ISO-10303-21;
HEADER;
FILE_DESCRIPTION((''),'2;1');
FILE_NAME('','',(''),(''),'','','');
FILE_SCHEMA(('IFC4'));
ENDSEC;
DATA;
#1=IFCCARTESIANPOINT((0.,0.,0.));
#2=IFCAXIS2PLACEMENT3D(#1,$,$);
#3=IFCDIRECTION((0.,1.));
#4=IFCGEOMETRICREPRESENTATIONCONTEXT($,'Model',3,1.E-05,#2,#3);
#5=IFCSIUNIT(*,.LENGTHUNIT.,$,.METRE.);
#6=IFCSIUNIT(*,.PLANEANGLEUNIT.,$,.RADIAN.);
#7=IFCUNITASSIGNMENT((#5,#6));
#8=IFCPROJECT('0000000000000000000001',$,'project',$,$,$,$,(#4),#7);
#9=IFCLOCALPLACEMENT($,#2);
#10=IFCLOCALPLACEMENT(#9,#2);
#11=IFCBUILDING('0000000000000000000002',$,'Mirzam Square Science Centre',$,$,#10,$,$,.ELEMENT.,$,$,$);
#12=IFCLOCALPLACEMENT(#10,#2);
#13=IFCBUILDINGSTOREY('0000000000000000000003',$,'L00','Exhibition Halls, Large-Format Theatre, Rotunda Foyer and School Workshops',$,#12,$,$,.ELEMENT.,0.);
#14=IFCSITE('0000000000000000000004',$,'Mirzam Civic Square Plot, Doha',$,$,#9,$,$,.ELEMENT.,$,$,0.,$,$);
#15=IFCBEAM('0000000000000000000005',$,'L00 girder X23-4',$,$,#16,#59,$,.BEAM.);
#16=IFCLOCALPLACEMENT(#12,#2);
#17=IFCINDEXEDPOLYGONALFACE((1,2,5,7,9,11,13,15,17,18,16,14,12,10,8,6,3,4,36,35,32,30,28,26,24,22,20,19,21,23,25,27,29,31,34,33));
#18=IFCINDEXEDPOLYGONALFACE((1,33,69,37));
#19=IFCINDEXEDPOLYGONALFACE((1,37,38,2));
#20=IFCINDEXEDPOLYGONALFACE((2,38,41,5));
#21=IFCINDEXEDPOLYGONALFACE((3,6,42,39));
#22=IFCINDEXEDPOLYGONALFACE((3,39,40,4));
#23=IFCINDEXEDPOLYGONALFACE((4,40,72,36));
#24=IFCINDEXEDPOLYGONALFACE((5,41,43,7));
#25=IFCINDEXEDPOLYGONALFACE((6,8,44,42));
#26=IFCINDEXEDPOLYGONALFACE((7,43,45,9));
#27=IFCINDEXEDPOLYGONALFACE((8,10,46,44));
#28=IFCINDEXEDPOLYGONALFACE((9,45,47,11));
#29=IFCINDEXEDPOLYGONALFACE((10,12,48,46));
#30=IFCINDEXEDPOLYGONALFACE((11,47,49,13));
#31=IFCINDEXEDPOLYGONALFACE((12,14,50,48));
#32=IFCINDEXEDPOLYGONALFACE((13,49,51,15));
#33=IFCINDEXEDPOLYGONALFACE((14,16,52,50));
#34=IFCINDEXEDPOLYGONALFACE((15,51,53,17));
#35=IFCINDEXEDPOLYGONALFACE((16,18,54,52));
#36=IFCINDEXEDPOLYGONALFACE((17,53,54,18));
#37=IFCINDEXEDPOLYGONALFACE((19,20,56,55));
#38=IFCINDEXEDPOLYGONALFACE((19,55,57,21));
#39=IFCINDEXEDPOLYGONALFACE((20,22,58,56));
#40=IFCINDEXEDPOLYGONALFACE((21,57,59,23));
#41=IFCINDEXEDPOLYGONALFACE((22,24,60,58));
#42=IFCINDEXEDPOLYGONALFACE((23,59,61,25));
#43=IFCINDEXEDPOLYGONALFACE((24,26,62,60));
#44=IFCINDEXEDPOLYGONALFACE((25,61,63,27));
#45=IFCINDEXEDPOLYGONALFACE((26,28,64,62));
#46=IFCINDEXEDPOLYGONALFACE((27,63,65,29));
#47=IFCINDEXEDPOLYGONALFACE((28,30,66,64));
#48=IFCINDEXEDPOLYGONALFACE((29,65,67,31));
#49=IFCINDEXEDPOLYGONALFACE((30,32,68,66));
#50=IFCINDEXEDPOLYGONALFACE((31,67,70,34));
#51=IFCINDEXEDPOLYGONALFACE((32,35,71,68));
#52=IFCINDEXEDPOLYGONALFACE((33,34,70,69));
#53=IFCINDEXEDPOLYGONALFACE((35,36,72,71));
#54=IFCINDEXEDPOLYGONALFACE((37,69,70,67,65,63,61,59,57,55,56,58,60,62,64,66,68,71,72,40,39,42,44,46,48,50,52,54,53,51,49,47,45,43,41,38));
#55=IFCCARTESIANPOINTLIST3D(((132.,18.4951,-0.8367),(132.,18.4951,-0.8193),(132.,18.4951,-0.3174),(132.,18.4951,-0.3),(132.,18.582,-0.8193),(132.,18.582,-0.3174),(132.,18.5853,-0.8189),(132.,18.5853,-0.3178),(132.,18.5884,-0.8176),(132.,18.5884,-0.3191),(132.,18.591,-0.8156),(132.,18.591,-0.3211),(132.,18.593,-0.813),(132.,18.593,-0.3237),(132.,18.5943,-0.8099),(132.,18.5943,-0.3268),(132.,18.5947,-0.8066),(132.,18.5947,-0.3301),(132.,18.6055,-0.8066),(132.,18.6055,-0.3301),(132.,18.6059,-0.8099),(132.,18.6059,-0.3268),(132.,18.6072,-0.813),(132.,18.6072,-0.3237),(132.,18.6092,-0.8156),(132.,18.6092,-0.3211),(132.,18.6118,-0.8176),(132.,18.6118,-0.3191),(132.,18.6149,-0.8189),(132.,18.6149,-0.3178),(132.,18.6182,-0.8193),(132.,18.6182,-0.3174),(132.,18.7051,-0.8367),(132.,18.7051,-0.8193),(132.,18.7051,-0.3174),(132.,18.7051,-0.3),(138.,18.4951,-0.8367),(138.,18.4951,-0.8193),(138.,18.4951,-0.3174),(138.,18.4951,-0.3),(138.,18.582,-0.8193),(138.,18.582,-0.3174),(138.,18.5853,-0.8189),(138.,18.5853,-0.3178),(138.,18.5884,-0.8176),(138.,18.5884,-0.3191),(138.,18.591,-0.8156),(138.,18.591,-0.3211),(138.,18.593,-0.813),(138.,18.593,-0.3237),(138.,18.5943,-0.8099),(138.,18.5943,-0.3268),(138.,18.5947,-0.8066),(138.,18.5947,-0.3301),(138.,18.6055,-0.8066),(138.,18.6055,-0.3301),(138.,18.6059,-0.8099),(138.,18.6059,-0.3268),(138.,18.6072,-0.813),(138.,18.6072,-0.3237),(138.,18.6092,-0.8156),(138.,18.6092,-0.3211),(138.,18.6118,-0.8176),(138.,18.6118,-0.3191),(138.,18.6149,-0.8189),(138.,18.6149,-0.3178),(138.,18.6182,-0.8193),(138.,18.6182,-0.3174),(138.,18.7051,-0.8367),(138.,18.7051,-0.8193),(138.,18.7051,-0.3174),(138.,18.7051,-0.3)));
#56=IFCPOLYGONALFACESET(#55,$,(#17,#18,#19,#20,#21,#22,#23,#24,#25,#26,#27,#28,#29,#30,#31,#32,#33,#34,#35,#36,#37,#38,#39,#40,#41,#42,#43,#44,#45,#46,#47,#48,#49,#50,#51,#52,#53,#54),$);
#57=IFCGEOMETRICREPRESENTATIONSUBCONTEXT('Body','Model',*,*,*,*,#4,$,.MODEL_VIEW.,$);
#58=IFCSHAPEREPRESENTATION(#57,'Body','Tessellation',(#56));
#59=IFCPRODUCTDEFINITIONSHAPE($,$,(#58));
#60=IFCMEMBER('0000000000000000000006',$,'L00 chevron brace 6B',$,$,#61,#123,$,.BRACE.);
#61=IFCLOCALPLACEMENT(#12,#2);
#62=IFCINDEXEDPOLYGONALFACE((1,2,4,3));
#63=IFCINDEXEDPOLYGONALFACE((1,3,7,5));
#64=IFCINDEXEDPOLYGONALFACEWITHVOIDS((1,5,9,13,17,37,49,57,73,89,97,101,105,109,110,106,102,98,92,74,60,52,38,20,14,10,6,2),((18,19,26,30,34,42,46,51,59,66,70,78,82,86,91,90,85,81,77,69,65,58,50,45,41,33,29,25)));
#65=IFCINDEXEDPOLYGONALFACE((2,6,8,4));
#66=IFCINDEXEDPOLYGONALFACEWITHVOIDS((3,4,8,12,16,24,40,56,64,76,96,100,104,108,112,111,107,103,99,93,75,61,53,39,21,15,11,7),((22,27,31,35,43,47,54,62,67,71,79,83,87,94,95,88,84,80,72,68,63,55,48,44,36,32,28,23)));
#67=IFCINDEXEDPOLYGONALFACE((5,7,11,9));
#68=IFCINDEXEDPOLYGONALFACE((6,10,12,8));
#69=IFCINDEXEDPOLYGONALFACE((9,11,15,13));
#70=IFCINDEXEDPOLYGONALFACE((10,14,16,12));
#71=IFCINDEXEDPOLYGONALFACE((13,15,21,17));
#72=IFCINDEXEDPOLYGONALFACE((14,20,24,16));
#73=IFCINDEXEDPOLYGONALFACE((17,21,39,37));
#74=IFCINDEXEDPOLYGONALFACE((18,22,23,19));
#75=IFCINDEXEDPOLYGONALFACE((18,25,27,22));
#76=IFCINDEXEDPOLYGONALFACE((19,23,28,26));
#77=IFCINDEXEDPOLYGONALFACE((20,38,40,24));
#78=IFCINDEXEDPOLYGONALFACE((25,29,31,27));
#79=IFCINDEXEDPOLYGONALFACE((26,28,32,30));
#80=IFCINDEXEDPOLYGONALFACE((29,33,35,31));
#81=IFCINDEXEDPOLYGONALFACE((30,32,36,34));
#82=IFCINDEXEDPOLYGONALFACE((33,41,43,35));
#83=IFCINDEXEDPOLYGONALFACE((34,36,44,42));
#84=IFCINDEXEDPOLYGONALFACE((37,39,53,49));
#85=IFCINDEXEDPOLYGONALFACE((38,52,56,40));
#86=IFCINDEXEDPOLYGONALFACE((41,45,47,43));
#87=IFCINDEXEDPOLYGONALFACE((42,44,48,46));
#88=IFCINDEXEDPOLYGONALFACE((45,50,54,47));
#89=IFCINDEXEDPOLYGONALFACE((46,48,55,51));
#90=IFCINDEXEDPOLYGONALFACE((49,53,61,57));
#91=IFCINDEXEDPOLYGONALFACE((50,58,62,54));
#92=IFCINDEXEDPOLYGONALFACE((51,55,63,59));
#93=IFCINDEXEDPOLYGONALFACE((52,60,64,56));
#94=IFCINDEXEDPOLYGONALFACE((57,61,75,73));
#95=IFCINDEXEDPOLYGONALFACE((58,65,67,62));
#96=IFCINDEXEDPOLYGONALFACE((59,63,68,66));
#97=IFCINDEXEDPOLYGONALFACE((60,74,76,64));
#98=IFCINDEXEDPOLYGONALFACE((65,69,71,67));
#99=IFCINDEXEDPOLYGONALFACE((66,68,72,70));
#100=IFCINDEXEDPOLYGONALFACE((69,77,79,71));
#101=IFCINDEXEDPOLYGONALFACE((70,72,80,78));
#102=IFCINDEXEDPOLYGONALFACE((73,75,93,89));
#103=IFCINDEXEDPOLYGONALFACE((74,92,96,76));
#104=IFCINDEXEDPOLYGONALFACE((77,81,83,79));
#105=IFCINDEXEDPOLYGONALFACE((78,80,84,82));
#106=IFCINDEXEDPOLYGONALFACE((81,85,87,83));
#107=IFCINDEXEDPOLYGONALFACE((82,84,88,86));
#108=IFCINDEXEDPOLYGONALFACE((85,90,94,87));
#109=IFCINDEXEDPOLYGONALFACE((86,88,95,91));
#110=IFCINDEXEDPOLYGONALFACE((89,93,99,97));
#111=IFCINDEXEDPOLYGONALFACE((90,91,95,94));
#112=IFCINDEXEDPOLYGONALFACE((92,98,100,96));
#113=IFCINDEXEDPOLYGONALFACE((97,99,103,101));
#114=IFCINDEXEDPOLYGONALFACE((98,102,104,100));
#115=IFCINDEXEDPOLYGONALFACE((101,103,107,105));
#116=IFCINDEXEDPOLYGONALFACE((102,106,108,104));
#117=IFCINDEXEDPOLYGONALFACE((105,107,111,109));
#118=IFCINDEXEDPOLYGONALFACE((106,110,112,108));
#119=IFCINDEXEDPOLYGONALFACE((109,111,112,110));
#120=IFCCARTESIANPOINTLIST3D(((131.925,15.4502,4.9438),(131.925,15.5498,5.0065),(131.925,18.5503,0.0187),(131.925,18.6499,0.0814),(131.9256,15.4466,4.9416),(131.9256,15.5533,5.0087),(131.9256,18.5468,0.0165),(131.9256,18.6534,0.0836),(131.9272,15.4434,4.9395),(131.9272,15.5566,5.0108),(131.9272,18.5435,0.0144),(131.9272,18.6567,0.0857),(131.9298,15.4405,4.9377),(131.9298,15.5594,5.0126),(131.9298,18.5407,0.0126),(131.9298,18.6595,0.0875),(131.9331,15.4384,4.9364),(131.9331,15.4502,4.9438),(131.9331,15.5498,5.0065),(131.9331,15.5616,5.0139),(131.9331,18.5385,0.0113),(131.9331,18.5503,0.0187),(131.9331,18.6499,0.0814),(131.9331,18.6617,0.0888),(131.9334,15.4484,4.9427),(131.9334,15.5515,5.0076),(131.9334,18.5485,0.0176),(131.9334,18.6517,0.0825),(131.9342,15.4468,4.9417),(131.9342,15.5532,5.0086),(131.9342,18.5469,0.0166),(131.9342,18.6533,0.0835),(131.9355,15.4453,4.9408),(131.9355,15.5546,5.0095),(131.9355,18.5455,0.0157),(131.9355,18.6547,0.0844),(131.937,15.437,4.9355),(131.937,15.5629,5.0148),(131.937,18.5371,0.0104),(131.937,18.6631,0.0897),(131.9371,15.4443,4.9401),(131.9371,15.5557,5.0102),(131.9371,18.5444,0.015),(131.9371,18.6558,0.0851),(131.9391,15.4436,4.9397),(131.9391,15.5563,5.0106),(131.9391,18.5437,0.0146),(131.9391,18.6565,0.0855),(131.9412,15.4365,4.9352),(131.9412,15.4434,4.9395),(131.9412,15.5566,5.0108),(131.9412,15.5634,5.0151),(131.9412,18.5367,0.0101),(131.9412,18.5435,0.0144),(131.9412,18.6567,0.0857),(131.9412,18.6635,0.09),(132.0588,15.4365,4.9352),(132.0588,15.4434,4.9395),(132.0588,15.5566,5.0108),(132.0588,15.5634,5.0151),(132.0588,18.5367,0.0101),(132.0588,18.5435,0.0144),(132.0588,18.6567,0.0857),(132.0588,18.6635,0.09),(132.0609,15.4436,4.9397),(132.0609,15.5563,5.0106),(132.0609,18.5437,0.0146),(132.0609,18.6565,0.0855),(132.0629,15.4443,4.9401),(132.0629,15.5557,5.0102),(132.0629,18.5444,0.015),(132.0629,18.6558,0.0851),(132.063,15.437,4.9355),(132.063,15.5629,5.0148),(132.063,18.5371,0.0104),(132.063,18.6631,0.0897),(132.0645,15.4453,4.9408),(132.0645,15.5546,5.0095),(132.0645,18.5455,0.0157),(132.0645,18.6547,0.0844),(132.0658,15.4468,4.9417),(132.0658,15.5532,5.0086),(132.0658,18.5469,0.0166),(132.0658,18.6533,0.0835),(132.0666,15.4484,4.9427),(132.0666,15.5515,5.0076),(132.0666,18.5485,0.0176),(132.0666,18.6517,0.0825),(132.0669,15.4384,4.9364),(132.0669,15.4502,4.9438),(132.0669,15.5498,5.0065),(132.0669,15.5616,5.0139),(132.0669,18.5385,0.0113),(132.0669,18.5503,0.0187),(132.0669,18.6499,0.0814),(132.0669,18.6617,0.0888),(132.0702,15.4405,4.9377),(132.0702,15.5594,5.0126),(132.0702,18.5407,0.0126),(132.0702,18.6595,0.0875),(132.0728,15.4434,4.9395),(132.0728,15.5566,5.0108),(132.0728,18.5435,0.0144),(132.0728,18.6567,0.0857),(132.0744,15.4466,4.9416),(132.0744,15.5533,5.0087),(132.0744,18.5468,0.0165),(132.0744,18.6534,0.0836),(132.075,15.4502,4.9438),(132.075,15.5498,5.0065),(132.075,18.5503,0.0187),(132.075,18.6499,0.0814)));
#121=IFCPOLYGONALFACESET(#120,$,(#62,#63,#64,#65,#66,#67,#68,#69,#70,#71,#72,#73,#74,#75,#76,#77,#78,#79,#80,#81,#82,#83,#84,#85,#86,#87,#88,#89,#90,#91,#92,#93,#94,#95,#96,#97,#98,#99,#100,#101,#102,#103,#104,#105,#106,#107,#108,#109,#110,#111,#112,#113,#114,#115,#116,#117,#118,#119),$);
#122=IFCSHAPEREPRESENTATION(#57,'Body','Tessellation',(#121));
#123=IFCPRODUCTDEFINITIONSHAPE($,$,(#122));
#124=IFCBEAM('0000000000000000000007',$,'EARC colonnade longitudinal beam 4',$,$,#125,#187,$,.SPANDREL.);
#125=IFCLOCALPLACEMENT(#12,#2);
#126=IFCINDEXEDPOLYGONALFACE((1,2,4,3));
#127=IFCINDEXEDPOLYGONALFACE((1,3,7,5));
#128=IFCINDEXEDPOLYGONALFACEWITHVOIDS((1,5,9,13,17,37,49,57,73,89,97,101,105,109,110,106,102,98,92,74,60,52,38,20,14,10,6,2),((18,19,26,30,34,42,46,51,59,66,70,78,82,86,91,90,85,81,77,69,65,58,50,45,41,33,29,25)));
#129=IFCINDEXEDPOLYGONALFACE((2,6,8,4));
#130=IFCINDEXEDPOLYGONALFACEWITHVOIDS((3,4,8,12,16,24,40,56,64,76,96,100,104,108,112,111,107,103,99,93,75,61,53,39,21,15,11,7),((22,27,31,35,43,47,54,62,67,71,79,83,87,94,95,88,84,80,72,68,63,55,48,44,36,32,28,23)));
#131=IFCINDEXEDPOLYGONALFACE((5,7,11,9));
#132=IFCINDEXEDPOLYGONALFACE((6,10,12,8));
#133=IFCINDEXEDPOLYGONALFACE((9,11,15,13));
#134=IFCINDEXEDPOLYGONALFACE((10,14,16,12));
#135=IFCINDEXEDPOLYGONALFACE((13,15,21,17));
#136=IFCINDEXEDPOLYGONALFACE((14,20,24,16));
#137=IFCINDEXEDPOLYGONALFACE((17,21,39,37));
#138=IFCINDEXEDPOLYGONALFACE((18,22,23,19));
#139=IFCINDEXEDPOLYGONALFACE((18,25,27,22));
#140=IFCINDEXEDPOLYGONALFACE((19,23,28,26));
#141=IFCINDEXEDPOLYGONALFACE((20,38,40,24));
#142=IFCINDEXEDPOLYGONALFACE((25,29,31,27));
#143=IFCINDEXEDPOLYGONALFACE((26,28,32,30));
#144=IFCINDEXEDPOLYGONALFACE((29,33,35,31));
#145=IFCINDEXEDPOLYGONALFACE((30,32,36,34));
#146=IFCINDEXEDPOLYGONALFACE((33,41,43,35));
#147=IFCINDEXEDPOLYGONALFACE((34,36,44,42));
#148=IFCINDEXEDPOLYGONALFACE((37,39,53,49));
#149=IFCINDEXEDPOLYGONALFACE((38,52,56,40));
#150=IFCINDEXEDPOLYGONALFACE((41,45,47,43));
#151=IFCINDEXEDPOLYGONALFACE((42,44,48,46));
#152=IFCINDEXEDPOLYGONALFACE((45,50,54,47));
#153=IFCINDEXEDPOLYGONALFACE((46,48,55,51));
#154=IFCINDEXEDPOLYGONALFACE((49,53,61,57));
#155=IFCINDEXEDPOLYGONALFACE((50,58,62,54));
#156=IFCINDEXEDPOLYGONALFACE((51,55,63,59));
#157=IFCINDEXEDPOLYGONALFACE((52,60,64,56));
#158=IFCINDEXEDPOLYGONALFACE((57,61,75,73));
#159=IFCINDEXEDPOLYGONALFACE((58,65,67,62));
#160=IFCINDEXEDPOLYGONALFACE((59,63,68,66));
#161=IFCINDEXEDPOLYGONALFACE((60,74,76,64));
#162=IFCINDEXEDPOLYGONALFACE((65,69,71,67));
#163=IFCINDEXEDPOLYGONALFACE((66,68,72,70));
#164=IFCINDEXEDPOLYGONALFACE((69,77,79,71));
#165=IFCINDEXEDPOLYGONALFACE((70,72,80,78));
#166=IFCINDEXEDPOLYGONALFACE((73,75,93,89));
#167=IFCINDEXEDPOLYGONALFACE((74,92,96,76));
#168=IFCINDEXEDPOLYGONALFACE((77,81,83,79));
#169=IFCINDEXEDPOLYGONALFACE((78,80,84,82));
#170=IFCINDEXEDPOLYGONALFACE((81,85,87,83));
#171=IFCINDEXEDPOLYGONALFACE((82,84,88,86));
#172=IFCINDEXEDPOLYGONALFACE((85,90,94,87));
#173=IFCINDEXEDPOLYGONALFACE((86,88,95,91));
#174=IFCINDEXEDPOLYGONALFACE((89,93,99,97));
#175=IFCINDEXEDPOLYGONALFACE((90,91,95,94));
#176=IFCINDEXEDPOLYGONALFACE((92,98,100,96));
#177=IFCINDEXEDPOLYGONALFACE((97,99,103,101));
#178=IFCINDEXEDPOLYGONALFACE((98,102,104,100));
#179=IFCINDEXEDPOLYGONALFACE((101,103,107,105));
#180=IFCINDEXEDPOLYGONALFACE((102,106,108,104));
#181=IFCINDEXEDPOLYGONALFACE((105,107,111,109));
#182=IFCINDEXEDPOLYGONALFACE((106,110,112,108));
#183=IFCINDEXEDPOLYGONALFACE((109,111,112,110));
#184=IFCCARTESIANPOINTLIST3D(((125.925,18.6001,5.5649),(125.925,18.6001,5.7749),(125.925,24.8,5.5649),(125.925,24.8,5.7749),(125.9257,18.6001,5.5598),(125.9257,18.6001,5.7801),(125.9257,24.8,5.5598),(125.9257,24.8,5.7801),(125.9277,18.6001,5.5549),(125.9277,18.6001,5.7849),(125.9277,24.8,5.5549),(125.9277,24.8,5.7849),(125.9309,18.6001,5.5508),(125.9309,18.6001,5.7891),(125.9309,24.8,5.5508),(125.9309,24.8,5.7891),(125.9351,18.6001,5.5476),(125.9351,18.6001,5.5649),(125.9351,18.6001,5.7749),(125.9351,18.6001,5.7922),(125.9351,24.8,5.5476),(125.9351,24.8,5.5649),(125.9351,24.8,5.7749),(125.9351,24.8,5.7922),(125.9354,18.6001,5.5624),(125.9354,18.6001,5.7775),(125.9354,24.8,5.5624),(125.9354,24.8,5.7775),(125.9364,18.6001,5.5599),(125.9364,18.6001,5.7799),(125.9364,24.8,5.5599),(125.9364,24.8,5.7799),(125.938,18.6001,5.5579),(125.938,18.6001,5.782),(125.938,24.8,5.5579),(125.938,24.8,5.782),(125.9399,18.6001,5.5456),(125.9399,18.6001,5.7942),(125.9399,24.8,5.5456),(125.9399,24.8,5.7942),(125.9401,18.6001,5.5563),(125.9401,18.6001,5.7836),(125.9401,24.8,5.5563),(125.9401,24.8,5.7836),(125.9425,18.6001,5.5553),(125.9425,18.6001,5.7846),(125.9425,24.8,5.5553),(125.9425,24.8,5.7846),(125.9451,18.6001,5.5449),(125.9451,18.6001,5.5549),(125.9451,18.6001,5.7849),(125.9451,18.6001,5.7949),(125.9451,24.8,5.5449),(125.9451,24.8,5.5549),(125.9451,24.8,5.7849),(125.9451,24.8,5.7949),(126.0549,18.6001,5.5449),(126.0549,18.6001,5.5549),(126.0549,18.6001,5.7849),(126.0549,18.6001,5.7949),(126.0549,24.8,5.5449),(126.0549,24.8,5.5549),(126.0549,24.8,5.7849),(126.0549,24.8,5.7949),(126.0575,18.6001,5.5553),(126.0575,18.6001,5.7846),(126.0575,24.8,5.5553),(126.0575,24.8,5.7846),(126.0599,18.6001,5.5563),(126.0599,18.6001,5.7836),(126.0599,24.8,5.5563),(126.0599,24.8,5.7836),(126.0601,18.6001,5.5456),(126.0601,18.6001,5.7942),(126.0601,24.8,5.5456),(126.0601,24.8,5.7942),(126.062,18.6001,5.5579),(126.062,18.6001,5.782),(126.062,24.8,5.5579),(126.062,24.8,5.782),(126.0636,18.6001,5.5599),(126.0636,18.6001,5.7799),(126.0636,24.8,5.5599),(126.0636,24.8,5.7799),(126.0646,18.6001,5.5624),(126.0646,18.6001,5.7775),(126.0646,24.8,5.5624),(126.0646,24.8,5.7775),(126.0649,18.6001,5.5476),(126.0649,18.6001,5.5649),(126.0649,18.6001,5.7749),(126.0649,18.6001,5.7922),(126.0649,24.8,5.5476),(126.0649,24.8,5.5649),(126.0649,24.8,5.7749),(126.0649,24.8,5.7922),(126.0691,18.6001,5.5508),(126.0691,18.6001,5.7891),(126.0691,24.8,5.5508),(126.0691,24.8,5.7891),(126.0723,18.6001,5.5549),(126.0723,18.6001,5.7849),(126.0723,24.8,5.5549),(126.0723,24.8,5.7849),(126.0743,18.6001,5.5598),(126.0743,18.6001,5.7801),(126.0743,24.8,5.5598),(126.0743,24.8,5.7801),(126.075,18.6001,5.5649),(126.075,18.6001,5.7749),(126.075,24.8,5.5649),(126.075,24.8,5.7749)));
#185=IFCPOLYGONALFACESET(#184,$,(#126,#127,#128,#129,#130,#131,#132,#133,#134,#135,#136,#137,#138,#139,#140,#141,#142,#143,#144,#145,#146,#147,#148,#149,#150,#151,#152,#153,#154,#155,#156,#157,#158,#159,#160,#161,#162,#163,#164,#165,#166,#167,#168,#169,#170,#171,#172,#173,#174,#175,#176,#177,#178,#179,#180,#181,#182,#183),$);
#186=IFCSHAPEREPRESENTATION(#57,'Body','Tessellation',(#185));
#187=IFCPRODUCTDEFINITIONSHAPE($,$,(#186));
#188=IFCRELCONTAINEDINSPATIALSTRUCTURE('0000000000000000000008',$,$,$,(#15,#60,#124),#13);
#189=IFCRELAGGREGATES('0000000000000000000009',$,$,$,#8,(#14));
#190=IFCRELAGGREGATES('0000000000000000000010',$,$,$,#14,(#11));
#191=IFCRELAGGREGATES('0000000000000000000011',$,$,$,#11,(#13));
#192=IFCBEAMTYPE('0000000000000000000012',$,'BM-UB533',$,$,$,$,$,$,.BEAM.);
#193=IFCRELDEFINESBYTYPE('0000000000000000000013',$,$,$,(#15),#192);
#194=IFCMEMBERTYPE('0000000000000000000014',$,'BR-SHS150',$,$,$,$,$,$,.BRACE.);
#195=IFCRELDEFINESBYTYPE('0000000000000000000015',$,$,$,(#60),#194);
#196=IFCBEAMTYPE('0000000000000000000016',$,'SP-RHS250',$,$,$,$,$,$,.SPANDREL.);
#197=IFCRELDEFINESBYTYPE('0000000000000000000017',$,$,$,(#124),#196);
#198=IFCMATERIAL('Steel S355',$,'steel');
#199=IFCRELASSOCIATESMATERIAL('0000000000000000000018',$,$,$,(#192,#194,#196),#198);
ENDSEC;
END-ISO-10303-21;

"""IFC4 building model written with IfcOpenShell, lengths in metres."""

from ifc_helpers import new_model, si_unit, direction, frame, origin, origin_2d, place, context, subcontext, project, spatial, hollow_rectangle, i_section, extrude, material, material_profile, profile_set, type_object, element, save


model = new_model("IFC4")

# Units and contexts
model_context = context("Model", 3, precision=1e-05, world=origin(), true_north=direction((0.0, 1.0)))
body_context = subcontext(model_context, "Body", "Model", "MODEL_VIEW")
ifc_project = project(units=[si_unit("LENGTHUNIT", "METRE"), si_unit("PLANEANGLEUNIT", "RADIAN")], contexts=[model_context])

# Site, building, storey
site_placement = place(None, origin())
site = spatial("IfcSite", under=ifc_project, at=site_placement, Name="Mirzam Civic Square Plot, Doha", CompositionType="ELEMENT", RefElevation=0.0)
building_placement = place(site_placement, origin())
building = spatial("IfcBuilding", under=site, at=building_placement, Name="Mirzam Square Science Centre", CompositionType="ELEMENT")
storey_placement = place(building_placement, origin())
storey = spatial("IfcBuildingStorey", under=building, at=storey_placement, Name="L00", Description="Exhibition Halls, Large-Format Theatre, Rotunda Foyer and School Workshops", CompositionType="ELEMENT", Elevation=0.0)

# Shared definitions
ifc_material_1 = material(Name="Steel S355", Category="steel")

# Beam
ifc_material_profile_1 = material_profile(ifc_material_1, i_section(OverallWidth=0.21, OverallDepth=0.5366, WebThickness=0.0107, FlangeThickness=0.0173, FilletRadius=0.0127, at=origin_2d()), Name="533x210x101UB")
ifc_profile_set_1 = profile_set([ifc_material_profile_1], Name="Steel S355")
beam_type_1 = type_object("IfcBeamType", Name="BM-UB533", PredefinedType="BEAM", material=ifc_profile_set_1)
beam_1_placement = place(storey_placement, frame((132.0, 18.6001, -0.5684), z_axis=(1.0, 0.0, 0.0), x_axis=(0.0, 1.0, 0.0)))
element("IfcBeam", 1, at=beam_1_placement, inside=storey, type_object=beam_type_1, Name="L00 girder X23-4", PredefinedType="BEAM", context=body_context, shape_type="SweptSolid", body=[
    extrude(i_section(OverallWidth=0.21, OverallDepth=0.5366, WebThickness=0.0107, FlangeThickness=0.0173, FilletRadius=0.0127, at=origin_2d()), origin(), (0.0, 0.0, 1.0), 6.0),
])

# Member
ifc_material_profile_2 = material_profile(ifc_material_1, hollow_rectangle(XDim=0.1499, YDim=0.1499, WallThickness=0.0081, InnerFilletRadius=0.0081, OuterFilletRadius=0.0161, at=origin_2d()), Name="150x150x8.0SHS")
ifc_profile_set_2 = profile_set([ifc_material_profile_2], Name="Steel S355")
member_type = type_object("IfcMemberType", Name="BR-SHS150", PredefinedType="BRACE", material=ifc_profile_set_2)
member_placement = place(storey_placement, frame((132.0, 18.6001, 0.05), z_axis=(0.0, -0.532708, 0.846299), x_axis=(1.0, 0.0, 0.0)))
element("IfcMember", 2, at=member_placement, inside=storey, type_object=member_type, Name="L00 chevron brace 6B", PredefinedType="BRACE", context=body_context, shape_type="SweptSolid", body=[
    extrude(hollow_rectangle(XDim=0.1499, YDim=0.1499, WallThickness=0.0081, InnerFilletRadius=0.0081, OuterFilletRadius=0.0161, at=origin_2d()), origin(), (0.0, 0.0, 1.0), 5.8196),
])

# Beam
ifc_material_profile_3 = material_profile(ifc_material_1, hollow_rectangle(XDim=0.1499, YDim=0.25, WallThickness=0.01, InnerFilletRadius=0.01, OuterFilletRadius=0.02, at=origin_2d()), Name="250x150x10.0RHS")
ifc_profile_set_3 = profile_set([ifc_material_profile_3], Name="Steel S355")
beam_type_2 = type_object("IfcBeamType", Name="SP-RHS250", PredefinedType="SPANDREL", material=ifc_profile_set_3)
for number, where, z_axis, x_axis, name in (
    (3, (126.0, 18.6001, 5.6699), (0.0, 1.0, 0.0), (-1.0, 0.0, 0.0), "EARC colonnade longitudinal beam 4"),
):
    element("IfcBeam", number, at=place(storey_placement, frame(where, z_axis=z_axis, x_axis=x_axis)), inside=storey, type_object=beam_type_2, Name=name, PredefinedType="SPANDREL", context=body_context, shape_type="SweptSolid", body=[
        extrude(hollow_rectangle(XDim=0.1499, YDim=0.25, WallThickness=0.01, InnerFilletRadius=0.01, OuterFilletRadius=0.02, at=origin_2d()), origin(), (0.0, 0.0, 1.0), 6.2),
    ])

save(model, "model.ifc")
